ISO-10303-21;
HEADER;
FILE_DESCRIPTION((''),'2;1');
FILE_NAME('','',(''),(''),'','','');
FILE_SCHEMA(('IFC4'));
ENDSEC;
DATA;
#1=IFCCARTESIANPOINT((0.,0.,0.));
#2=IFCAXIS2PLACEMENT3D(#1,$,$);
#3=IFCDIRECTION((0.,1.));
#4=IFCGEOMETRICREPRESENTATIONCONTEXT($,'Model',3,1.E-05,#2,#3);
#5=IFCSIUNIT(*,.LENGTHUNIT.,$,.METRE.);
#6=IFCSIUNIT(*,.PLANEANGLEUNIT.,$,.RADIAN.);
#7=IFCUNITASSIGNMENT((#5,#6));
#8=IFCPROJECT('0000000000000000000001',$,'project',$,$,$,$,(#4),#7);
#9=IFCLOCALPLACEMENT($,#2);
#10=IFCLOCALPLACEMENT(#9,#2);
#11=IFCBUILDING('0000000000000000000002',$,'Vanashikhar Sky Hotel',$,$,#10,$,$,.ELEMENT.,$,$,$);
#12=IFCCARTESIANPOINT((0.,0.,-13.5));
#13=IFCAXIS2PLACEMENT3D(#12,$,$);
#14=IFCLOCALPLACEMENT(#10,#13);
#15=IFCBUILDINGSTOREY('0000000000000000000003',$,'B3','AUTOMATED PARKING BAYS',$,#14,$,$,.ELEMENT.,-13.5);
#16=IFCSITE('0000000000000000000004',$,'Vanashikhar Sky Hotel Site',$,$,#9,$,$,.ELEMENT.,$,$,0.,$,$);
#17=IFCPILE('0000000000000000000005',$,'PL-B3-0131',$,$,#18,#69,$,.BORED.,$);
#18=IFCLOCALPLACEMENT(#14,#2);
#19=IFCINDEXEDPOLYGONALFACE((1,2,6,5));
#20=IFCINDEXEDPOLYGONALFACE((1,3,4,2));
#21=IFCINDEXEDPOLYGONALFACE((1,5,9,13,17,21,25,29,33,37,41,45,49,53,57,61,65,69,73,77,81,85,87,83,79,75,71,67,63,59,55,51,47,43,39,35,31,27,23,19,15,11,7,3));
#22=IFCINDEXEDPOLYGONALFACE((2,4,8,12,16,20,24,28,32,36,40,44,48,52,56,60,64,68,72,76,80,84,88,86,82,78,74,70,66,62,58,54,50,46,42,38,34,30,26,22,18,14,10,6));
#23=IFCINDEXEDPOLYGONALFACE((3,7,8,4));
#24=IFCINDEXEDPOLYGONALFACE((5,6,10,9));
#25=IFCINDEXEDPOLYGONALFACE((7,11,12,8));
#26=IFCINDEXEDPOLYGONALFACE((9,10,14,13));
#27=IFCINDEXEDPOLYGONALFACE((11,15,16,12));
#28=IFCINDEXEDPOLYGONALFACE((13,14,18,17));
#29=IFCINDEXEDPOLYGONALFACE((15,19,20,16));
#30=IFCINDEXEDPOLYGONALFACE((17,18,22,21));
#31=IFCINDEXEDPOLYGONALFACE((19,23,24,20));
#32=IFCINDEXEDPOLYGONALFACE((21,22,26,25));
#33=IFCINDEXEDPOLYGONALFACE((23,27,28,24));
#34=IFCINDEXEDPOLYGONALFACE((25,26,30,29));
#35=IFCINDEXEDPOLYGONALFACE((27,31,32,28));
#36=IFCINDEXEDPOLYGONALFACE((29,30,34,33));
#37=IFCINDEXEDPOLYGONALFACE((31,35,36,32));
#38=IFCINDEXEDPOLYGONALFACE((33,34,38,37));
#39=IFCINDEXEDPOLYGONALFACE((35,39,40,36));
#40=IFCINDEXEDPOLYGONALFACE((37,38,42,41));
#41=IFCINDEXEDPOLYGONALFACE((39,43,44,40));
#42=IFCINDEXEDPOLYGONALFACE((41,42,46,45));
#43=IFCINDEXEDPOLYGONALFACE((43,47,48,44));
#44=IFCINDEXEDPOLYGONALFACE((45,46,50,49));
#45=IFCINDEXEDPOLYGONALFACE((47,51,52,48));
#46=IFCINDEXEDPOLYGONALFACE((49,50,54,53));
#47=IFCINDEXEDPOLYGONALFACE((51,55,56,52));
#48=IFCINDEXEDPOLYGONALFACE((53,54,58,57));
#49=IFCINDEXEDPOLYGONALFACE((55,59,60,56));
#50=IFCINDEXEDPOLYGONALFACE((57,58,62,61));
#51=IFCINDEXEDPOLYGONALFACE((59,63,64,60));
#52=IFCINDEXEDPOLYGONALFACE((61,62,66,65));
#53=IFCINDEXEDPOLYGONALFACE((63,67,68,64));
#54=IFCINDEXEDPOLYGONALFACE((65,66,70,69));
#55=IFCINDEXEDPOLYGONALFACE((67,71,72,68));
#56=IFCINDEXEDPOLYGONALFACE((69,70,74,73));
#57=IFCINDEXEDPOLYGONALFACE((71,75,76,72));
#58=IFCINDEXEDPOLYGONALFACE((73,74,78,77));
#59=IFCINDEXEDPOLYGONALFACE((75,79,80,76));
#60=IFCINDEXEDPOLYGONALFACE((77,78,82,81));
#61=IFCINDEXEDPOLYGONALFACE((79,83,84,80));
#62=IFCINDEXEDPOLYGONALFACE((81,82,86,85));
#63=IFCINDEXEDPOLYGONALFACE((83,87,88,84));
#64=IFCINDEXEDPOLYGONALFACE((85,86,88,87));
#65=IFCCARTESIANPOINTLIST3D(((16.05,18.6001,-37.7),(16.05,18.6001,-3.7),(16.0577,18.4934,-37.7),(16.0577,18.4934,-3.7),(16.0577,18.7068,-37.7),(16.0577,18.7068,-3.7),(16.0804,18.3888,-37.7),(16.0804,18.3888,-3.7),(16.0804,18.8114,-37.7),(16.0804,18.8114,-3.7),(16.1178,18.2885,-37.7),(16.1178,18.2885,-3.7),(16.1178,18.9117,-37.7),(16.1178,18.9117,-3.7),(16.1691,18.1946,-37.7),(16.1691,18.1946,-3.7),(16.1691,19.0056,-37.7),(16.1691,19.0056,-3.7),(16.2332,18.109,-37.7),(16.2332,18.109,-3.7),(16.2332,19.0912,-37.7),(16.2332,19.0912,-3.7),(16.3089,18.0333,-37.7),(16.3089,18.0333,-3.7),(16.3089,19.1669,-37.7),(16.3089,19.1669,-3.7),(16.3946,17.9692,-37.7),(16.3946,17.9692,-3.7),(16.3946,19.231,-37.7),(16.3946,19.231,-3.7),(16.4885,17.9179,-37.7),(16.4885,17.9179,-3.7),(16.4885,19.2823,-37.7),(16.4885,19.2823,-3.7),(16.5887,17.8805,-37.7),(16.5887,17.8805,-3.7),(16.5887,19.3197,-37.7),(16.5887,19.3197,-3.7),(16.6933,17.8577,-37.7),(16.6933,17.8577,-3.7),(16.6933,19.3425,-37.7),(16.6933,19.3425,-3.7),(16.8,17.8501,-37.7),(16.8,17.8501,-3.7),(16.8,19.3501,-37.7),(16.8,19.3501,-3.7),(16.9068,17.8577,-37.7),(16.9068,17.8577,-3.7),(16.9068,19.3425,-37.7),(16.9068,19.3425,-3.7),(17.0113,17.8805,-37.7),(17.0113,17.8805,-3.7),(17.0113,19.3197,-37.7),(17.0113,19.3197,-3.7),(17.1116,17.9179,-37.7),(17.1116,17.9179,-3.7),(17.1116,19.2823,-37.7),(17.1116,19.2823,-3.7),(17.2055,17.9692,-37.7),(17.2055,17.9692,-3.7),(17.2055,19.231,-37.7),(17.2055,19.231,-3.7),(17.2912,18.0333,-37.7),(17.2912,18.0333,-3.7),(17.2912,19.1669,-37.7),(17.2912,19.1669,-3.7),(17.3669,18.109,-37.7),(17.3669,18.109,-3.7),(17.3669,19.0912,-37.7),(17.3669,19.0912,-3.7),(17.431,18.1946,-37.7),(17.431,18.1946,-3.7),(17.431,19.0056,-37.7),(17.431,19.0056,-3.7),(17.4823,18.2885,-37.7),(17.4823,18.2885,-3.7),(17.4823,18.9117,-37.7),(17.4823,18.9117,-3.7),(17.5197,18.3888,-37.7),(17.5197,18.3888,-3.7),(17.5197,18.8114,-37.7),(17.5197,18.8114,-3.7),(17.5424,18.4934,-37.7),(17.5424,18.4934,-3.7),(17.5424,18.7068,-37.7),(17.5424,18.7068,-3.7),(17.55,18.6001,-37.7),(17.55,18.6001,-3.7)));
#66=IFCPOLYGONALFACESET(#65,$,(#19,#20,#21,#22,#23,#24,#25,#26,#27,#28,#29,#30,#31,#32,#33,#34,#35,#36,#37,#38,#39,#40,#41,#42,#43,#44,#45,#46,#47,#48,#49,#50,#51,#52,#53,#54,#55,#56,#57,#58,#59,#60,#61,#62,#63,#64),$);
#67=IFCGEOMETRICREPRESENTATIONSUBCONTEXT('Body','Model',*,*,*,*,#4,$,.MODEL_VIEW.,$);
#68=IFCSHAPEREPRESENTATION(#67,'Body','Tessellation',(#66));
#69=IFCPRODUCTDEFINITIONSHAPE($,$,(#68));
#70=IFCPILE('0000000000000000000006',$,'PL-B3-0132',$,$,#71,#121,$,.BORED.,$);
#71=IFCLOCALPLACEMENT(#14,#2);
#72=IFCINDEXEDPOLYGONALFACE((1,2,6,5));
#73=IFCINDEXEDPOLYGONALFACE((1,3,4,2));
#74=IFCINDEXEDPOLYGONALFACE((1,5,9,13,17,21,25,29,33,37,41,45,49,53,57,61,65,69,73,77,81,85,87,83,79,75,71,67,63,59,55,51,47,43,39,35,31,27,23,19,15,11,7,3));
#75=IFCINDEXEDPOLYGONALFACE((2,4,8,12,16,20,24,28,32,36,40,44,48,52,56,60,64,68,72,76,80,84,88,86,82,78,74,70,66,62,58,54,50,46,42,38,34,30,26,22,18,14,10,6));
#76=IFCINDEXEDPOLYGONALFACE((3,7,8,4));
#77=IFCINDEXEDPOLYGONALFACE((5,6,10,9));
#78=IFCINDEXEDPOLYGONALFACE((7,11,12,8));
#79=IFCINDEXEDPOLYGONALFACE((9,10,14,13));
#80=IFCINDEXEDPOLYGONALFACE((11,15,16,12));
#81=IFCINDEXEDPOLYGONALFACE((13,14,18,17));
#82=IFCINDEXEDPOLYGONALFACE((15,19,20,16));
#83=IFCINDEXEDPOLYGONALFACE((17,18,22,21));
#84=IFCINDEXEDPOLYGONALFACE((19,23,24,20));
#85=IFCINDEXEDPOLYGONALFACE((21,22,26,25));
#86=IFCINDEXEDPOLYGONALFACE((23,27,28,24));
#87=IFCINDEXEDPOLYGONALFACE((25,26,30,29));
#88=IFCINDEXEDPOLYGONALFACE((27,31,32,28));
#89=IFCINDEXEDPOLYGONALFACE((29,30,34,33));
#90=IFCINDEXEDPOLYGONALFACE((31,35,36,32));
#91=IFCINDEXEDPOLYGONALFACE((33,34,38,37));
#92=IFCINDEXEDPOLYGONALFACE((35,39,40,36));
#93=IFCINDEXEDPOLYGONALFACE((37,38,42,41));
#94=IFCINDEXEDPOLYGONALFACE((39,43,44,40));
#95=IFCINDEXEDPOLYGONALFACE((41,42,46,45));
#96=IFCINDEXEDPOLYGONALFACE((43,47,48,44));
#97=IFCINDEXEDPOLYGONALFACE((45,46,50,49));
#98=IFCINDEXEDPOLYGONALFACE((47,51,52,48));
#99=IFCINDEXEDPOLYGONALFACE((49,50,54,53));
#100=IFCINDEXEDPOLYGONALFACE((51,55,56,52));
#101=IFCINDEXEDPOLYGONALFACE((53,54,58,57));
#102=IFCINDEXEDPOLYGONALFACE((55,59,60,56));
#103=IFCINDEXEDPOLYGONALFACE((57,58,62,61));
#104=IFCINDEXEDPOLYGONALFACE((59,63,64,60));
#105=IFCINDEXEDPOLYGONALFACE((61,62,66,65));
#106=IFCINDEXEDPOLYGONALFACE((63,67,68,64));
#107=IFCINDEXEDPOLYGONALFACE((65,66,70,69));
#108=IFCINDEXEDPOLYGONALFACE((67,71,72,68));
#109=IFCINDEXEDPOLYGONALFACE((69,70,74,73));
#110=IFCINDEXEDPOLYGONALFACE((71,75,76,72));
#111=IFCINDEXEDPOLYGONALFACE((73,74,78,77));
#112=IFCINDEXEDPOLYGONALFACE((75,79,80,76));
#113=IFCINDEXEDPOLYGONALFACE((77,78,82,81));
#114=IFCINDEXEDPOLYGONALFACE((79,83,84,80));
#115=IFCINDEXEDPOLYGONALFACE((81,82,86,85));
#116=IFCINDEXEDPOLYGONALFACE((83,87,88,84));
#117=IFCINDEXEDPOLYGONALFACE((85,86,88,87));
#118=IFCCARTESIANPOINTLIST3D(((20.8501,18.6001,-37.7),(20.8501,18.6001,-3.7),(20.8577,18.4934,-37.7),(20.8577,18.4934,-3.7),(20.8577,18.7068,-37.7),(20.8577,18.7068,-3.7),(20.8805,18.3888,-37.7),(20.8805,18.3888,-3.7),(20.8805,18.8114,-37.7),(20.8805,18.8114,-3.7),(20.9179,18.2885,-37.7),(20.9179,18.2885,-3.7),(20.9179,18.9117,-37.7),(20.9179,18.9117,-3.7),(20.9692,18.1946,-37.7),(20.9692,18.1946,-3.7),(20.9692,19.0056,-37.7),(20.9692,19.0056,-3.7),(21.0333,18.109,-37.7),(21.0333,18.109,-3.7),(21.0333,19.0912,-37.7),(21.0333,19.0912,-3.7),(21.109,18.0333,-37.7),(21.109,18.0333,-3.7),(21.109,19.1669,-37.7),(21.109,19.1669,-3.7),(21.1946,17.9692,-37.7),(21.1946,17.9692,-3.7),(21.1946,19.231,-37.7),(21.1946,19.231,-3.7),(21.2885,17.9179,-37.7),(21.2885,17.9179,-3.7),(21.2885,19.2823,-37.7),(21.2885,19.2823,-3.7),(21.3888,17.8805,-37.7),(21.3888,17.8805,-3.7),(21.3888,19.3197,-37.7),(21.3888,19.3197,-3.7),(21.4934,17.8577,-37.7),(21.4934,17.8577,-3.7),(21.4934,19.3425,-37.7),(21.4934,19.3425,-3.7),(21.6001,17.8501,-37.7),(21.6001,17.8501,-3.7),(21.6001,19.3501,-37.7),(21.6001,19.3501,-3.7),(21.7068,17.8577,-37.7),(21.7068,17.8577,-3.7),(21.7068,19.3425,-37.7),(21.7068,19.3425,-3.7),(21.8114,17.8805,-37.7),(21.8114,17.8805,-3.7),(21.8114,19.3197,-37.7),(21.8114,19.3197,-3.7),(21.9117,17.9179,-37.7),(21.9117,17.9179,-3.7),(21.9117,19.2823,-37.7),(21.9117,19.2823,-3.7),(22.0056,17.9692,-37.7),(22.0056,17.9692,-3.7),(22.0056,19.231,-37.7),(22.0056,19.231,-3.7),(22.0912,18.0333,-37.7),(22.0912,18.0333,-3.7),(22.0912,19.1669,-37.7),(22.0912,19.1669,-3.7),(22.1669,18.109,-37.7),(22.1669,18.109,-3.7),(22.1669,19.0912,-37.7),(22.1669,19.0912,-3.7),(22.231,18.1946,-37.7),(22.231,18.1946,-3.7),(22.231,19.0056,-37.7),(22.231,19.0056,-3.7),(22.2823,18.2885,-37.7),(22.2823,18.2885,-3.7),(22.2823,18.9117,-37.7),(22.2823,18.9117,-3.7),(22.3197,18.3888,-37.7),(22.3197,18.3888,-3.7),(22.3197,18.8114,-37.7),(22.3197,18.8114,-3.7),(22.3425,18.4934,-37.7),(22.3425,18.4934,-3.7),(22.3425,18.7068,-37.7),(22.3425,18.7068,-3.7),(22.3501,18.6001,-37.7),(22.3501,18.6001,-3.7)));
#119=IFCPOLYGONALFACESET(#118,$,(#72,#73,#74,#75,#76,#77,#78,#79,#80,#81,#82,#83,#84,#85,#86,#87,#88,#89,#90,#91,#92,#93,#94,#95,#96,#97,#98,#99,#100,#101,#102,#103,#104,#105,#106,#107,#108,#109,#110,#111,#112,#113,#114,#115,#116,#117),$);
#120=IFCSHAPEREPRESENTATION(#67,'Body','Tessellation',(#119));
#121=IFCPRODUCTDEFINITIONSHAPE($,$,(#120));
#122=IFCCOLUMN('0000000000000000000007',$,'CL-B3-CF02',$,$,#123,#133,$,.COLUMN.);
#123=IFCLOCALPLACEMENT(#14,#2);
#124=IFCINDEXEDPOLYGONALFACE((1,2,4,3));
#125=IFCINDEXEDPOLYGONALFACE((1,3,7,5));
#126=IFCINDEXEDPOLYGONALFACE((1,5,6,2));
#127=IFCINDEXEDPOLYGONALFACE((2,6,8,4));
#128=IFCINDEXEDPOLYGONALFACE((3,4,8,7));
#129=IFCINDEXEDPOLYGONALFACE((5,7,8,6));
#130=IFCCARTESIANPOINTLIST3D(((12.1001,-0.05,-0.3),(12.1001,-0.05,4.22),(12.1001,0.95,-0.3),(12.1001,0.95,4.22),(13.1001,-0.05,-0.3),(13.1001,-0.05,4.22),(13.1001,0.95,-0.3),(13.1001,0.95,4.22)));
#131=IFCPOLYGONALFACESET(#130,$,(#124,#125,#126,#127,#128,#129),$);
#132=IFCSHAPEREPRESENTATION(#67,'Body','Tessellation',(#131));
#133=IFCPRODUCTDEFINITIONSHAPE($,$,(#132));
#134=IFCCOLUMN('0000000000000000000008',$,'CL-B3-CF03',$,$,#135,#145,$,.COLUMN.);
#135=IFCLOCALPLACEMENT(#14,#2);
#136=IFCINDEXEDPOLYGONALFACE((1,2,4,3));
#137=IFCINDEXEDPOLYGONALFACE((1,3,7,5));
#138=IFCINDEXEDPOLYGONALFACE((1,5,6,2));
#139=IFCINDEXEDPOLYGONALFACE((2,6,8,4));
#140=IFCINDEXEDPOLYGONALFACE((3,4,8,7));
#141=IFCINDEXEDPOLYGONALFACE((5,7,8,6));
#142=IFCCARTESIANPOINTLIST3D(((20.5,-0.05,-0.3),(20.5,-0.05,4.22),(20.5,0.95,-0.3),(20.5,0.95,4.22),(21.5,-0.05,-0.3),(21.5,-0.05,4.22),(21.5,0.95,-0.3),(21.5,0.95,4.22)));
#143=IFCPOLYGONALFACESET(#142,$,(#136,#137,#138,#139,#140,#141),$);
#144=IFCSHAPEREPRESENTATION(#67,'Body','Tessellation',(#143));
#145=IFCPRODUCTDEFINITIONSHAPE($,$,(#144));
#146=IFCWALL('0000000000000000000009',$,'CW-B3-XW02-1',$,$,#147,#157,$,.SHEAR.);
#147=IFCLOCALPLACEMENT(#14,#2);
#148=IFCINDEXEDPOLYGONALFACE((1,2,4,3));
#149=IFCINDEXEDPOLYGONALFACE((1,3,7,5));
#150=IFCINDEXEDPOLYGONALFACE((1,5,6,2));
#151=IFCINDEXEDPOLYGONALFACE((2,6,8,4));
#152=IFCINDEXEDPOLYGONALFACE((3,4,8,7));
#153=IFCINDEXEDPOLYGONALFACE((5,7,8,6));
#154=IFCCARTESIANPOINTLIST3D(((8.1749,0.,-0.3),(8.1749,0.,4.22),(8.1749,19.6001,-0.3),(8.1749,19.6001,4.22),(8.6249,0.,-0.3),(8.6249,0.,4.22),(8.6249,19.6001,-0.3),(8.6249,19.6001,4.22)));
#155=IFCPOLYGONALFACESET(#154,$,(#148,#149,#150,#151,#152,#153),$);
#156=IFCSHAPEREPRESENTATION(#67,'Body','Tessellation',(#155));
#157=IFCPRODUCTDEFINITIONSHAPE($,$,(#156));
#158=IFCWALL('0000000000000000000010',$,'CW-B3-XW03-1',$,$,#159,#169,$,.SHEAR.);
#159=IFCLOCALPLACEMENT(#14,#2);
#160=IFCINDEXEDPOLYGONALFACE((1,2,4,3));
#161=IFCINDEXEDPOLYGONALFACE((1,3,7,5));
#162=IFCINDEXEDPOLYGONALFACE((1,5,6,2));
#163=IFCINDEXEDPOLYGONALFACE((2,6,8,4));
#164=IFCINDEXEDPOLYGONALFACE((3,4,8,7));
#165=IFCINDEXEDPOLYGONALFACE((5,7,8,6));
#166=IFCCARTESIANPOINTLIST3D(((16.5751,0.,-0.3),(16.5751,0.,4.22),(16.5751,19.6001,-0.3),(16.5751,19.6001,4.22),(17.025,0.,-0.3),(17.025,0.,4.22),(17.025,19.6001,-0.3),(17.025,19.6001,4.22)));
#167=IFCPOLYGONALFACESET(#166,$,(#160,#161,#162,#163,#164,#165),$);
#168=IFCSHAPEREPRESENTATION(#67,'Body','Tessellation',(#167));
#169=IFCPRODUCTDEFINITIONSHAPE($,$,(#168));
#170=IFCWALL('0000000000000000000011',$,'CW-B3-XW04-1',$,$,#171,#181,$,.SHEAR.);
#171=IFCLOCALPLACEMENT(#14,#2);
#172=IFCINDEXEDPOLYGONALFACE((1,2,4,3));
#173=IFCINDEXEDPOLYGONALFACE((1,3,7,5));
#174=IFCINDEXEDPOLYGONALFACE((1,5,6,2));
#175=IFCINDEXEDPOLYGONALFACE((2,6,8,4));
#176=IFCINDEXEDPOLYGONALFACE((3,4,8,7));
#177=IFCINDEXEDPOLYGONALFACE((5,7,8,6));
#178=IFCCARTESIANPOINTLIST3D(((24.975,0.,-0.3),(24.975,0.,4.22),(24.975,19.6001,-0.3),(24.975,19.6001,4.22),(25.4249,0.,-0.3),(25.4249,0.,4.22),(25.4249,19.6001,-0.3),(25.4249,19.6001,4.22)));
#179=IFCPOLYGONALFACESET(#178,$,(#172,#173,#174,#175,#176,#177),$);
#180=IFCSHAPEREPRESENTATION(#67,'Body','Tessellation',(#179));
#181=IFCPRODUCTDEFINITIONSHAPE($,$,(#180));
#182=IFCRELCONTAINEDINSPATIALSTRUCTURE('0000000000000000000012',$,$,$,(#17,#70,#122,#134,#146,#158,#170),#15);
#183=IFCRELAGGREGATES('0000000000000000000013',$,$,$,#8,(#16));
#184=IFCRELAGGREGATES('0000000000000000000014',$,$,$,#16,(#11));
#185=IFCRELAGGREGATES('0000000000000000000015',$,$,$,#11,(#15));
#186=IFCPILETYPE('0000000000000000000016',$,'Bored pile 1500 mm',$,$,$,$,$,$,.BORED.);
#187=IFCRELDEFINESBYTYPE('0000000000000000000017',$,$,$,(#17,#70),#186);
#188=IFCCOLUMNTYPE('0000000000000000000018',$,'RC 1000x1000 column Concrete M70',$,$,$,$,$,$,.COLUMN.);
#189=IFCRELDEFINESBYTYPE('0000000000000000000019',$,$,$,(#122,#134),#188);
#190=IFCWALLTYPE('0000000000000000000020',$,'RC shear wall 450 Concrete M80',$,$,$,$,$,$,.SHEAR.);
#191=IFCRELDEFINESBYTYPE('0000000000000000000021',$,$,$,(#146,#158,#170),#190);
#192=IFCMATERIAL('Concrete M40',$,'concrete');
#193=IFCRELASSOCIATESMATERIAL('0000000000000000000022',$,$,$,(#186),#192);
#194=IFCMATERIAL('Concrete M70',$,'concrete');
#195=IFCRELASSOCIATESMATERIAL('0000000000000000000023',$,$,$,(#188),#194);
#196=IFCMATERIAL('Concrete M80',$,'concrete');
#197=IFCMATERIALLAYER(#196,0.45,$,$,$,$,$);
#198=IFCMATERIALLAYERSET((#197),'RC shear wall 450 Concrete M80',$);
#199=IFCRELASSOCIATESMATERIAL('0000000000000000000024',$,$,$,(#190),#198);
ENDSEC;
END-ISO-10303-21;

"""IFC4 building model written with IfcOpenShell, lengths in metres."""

from ifc_helpers import new_model, si_unit, direction, frame, frame_2d, origin, origin_2d, place, context, subcontext, project, spatial, rectangle, circle, extrude, source, transform, mapped, material, layer, layer_set, material_profile, profile_set, type_object, element, save


model = new_model("IFC4")

# Units and contexts
model_context = context("Model", 3, precision=1e-05, world=origin(), true_north=direction((0.0, 1.0)))
body_context = subcontext(model_context, "Body", "Model", "MODEL_VIEW")
ifc_project = project(units=[si_unit("LENGTHUNIT", "METRE"), si_unit("PLANEANGLEUNIT", "RADIAN")], contexts=[model_context])

# Site, building, storey
site_placement = place(None, origin())
site = spatial("IfcSite", under=ifc_project, at=site_placement, Name="Vanashikhar Sky Hotel Site", CompositionType="ELEMENT", RefElevation=0.0)
building_placement = place(site_placement, origin())
building = spatial("IfcBuilding", under=site, at=building_placement, Name="Vanashikhar Sky Hotel", CompositionType="ELEMENT")
storey_placement = place(building_placement, frame((0.0, 0.0, -13.5)))
storey = spatial("IfcBuildingStorey", under=building, at=storey_placement, Name="B3", Description="AUTOMATED PARKING BAYS", CompositionType="ELEMENT", Elevation=-13.5)

# Piles
ifc_material_1 = material(Name="Concrete M40", Category="concrete")
pile_type = type_object("IfcPileType", Name="Bored pile 1500 mm", PredefinedType="BORED", material=ifc_material_1)
shared_shape_1 = source(origin(), body_context, "Body", "SweptSolid", [
    extrude(circle(Radius=0.75, at=origin_2d()), origin(), (0.0, 0.0, 1.0), 34.0),
])
for number, where, z_axis, x_axis, name in (
    (1, (16.8, 18.6001, -3.7), (0.0, 0.0, -1.0), (1.0, 0.0, 0.0), "PL-B3-0131"),
    (2, (21.6001, 18.6001, -3.7), (0.0, 0.0, -1.0), (1.0, 0.0, 0.0), "PL-B3-0132"),
):
    element("IfcPile", number, at=place(storey_placement, frame(where, z_axis=z_axis, x_axis=x_axis)), inside=storey, type_object=pile_type, Name=name, PredefinedType="BORED", context=body_context, shape_type="MappedRepresentation", body=[
        mapped(shared_shape_1, transform((0.0, 0.0, 0.0), scale=1.0)),
    ])

# Columns
ifc_material_2 = material(Name="Concrete M70", Category="concrete")
ifc_material_profile = material_profile(ifc_material_2, rectangle(XDim=1.0, YDim=1.0, at=origin_2d()))
ifc_profile_set = profile_set([ifc_material_profile], Name="RC 1000x1000 column Concrete M70")
column_type = type_object("IfcColumnType", Name="RC 1000x1000 column Concrete M70", PredefinedType="COLUMN", material=ifc_profile_set)
shared_shape_2 = source(origin(), body_context, "Body", "SweptSolid", [
    extrude(rectangle(XDim=1.0, YDim=1.0, at=origin_2d()), origin(), (0.0, 0.0, 1.0), 4.52),
])
for number, where, z_axis, x_axis, name in (
    (3, (12.6001, 0.45, -0.3), (0.0, 0.0, 1.0), (1.0, 0.0, 0.0), "CL-B3-CF02"),
    (4, (21.0, 0.45, -0.3), (0.0, 0.0, 1.0), (1.0, 0.0, 0.0), "CL-B3-CF03"),
):
    element("IfcColumn", number, at=place(storey_placement, frame(where, z_axis=z_axis, x_axis=x_axis)), inside=storey, type_object=column_type, Name=name, PredefinedType="COLUMN", context=body_context, shape_type="MappedRepresentation", body=[
        mapped(shared_shape_2, transform((0.0, 0.0, 0.0), scale=1.0)),
    ])

# Walls
ifc_material_3 = material(Name="Concrete M80", Category="concrete")
ifc_layer = layer(ifc_material_3, 0.45)
ifc_layer_set = layer_set([ifc_layer], Name="RC shear wall 450 Concrete M80")
wall_type = type_object("IfcWallType", Name="RC shear wall 450 Concrete M80", PredefinedType="SHEAR", material=ifc_layer_set)
shared_shape_3 = source(origin(), body_context, "Body", "SweptSolid", [
    extrude(rectangle(XDim=19.6001, YDim=0.45, at=frame_2d((9.8, 0.0))), origin(), (0.0, 0.0, 1.0), 4.52),
])
for number, where, z_axis, x_axis, name in (
    (5, (8.3999, 0.0, -0.3), (0.0, 0.0, 1.0), (0.0, 1.0, 0.0), "CW-B3-XW02-1"),
    (6, (16.8, 0.0, -0.3), (0.0, 0.0, 1.0), (0.0, 1.0, 0.0), "CW-B3-XW03-1"),
    (7, (25.2, 0.0, -0.3), (0.0, 0.0, 1.0), (0.0, 1.0, 0.0), "CW-B3-XW04-1"),
):
    element("IfcWall", number, at=place(storey_placement, frame(where, z_axis=z_axis, x_axis=x_axis)), inside=storey, type_object=wall_type, Name=name, PredefinedType="SHEAR", context=body_context, shape_type="MappedRepresentation", body=[
        mapped(shared_shape_3, transform((0.0, 0.0, 0.0), scale=1.0)),
    ])

save(model, "model.ifc")
